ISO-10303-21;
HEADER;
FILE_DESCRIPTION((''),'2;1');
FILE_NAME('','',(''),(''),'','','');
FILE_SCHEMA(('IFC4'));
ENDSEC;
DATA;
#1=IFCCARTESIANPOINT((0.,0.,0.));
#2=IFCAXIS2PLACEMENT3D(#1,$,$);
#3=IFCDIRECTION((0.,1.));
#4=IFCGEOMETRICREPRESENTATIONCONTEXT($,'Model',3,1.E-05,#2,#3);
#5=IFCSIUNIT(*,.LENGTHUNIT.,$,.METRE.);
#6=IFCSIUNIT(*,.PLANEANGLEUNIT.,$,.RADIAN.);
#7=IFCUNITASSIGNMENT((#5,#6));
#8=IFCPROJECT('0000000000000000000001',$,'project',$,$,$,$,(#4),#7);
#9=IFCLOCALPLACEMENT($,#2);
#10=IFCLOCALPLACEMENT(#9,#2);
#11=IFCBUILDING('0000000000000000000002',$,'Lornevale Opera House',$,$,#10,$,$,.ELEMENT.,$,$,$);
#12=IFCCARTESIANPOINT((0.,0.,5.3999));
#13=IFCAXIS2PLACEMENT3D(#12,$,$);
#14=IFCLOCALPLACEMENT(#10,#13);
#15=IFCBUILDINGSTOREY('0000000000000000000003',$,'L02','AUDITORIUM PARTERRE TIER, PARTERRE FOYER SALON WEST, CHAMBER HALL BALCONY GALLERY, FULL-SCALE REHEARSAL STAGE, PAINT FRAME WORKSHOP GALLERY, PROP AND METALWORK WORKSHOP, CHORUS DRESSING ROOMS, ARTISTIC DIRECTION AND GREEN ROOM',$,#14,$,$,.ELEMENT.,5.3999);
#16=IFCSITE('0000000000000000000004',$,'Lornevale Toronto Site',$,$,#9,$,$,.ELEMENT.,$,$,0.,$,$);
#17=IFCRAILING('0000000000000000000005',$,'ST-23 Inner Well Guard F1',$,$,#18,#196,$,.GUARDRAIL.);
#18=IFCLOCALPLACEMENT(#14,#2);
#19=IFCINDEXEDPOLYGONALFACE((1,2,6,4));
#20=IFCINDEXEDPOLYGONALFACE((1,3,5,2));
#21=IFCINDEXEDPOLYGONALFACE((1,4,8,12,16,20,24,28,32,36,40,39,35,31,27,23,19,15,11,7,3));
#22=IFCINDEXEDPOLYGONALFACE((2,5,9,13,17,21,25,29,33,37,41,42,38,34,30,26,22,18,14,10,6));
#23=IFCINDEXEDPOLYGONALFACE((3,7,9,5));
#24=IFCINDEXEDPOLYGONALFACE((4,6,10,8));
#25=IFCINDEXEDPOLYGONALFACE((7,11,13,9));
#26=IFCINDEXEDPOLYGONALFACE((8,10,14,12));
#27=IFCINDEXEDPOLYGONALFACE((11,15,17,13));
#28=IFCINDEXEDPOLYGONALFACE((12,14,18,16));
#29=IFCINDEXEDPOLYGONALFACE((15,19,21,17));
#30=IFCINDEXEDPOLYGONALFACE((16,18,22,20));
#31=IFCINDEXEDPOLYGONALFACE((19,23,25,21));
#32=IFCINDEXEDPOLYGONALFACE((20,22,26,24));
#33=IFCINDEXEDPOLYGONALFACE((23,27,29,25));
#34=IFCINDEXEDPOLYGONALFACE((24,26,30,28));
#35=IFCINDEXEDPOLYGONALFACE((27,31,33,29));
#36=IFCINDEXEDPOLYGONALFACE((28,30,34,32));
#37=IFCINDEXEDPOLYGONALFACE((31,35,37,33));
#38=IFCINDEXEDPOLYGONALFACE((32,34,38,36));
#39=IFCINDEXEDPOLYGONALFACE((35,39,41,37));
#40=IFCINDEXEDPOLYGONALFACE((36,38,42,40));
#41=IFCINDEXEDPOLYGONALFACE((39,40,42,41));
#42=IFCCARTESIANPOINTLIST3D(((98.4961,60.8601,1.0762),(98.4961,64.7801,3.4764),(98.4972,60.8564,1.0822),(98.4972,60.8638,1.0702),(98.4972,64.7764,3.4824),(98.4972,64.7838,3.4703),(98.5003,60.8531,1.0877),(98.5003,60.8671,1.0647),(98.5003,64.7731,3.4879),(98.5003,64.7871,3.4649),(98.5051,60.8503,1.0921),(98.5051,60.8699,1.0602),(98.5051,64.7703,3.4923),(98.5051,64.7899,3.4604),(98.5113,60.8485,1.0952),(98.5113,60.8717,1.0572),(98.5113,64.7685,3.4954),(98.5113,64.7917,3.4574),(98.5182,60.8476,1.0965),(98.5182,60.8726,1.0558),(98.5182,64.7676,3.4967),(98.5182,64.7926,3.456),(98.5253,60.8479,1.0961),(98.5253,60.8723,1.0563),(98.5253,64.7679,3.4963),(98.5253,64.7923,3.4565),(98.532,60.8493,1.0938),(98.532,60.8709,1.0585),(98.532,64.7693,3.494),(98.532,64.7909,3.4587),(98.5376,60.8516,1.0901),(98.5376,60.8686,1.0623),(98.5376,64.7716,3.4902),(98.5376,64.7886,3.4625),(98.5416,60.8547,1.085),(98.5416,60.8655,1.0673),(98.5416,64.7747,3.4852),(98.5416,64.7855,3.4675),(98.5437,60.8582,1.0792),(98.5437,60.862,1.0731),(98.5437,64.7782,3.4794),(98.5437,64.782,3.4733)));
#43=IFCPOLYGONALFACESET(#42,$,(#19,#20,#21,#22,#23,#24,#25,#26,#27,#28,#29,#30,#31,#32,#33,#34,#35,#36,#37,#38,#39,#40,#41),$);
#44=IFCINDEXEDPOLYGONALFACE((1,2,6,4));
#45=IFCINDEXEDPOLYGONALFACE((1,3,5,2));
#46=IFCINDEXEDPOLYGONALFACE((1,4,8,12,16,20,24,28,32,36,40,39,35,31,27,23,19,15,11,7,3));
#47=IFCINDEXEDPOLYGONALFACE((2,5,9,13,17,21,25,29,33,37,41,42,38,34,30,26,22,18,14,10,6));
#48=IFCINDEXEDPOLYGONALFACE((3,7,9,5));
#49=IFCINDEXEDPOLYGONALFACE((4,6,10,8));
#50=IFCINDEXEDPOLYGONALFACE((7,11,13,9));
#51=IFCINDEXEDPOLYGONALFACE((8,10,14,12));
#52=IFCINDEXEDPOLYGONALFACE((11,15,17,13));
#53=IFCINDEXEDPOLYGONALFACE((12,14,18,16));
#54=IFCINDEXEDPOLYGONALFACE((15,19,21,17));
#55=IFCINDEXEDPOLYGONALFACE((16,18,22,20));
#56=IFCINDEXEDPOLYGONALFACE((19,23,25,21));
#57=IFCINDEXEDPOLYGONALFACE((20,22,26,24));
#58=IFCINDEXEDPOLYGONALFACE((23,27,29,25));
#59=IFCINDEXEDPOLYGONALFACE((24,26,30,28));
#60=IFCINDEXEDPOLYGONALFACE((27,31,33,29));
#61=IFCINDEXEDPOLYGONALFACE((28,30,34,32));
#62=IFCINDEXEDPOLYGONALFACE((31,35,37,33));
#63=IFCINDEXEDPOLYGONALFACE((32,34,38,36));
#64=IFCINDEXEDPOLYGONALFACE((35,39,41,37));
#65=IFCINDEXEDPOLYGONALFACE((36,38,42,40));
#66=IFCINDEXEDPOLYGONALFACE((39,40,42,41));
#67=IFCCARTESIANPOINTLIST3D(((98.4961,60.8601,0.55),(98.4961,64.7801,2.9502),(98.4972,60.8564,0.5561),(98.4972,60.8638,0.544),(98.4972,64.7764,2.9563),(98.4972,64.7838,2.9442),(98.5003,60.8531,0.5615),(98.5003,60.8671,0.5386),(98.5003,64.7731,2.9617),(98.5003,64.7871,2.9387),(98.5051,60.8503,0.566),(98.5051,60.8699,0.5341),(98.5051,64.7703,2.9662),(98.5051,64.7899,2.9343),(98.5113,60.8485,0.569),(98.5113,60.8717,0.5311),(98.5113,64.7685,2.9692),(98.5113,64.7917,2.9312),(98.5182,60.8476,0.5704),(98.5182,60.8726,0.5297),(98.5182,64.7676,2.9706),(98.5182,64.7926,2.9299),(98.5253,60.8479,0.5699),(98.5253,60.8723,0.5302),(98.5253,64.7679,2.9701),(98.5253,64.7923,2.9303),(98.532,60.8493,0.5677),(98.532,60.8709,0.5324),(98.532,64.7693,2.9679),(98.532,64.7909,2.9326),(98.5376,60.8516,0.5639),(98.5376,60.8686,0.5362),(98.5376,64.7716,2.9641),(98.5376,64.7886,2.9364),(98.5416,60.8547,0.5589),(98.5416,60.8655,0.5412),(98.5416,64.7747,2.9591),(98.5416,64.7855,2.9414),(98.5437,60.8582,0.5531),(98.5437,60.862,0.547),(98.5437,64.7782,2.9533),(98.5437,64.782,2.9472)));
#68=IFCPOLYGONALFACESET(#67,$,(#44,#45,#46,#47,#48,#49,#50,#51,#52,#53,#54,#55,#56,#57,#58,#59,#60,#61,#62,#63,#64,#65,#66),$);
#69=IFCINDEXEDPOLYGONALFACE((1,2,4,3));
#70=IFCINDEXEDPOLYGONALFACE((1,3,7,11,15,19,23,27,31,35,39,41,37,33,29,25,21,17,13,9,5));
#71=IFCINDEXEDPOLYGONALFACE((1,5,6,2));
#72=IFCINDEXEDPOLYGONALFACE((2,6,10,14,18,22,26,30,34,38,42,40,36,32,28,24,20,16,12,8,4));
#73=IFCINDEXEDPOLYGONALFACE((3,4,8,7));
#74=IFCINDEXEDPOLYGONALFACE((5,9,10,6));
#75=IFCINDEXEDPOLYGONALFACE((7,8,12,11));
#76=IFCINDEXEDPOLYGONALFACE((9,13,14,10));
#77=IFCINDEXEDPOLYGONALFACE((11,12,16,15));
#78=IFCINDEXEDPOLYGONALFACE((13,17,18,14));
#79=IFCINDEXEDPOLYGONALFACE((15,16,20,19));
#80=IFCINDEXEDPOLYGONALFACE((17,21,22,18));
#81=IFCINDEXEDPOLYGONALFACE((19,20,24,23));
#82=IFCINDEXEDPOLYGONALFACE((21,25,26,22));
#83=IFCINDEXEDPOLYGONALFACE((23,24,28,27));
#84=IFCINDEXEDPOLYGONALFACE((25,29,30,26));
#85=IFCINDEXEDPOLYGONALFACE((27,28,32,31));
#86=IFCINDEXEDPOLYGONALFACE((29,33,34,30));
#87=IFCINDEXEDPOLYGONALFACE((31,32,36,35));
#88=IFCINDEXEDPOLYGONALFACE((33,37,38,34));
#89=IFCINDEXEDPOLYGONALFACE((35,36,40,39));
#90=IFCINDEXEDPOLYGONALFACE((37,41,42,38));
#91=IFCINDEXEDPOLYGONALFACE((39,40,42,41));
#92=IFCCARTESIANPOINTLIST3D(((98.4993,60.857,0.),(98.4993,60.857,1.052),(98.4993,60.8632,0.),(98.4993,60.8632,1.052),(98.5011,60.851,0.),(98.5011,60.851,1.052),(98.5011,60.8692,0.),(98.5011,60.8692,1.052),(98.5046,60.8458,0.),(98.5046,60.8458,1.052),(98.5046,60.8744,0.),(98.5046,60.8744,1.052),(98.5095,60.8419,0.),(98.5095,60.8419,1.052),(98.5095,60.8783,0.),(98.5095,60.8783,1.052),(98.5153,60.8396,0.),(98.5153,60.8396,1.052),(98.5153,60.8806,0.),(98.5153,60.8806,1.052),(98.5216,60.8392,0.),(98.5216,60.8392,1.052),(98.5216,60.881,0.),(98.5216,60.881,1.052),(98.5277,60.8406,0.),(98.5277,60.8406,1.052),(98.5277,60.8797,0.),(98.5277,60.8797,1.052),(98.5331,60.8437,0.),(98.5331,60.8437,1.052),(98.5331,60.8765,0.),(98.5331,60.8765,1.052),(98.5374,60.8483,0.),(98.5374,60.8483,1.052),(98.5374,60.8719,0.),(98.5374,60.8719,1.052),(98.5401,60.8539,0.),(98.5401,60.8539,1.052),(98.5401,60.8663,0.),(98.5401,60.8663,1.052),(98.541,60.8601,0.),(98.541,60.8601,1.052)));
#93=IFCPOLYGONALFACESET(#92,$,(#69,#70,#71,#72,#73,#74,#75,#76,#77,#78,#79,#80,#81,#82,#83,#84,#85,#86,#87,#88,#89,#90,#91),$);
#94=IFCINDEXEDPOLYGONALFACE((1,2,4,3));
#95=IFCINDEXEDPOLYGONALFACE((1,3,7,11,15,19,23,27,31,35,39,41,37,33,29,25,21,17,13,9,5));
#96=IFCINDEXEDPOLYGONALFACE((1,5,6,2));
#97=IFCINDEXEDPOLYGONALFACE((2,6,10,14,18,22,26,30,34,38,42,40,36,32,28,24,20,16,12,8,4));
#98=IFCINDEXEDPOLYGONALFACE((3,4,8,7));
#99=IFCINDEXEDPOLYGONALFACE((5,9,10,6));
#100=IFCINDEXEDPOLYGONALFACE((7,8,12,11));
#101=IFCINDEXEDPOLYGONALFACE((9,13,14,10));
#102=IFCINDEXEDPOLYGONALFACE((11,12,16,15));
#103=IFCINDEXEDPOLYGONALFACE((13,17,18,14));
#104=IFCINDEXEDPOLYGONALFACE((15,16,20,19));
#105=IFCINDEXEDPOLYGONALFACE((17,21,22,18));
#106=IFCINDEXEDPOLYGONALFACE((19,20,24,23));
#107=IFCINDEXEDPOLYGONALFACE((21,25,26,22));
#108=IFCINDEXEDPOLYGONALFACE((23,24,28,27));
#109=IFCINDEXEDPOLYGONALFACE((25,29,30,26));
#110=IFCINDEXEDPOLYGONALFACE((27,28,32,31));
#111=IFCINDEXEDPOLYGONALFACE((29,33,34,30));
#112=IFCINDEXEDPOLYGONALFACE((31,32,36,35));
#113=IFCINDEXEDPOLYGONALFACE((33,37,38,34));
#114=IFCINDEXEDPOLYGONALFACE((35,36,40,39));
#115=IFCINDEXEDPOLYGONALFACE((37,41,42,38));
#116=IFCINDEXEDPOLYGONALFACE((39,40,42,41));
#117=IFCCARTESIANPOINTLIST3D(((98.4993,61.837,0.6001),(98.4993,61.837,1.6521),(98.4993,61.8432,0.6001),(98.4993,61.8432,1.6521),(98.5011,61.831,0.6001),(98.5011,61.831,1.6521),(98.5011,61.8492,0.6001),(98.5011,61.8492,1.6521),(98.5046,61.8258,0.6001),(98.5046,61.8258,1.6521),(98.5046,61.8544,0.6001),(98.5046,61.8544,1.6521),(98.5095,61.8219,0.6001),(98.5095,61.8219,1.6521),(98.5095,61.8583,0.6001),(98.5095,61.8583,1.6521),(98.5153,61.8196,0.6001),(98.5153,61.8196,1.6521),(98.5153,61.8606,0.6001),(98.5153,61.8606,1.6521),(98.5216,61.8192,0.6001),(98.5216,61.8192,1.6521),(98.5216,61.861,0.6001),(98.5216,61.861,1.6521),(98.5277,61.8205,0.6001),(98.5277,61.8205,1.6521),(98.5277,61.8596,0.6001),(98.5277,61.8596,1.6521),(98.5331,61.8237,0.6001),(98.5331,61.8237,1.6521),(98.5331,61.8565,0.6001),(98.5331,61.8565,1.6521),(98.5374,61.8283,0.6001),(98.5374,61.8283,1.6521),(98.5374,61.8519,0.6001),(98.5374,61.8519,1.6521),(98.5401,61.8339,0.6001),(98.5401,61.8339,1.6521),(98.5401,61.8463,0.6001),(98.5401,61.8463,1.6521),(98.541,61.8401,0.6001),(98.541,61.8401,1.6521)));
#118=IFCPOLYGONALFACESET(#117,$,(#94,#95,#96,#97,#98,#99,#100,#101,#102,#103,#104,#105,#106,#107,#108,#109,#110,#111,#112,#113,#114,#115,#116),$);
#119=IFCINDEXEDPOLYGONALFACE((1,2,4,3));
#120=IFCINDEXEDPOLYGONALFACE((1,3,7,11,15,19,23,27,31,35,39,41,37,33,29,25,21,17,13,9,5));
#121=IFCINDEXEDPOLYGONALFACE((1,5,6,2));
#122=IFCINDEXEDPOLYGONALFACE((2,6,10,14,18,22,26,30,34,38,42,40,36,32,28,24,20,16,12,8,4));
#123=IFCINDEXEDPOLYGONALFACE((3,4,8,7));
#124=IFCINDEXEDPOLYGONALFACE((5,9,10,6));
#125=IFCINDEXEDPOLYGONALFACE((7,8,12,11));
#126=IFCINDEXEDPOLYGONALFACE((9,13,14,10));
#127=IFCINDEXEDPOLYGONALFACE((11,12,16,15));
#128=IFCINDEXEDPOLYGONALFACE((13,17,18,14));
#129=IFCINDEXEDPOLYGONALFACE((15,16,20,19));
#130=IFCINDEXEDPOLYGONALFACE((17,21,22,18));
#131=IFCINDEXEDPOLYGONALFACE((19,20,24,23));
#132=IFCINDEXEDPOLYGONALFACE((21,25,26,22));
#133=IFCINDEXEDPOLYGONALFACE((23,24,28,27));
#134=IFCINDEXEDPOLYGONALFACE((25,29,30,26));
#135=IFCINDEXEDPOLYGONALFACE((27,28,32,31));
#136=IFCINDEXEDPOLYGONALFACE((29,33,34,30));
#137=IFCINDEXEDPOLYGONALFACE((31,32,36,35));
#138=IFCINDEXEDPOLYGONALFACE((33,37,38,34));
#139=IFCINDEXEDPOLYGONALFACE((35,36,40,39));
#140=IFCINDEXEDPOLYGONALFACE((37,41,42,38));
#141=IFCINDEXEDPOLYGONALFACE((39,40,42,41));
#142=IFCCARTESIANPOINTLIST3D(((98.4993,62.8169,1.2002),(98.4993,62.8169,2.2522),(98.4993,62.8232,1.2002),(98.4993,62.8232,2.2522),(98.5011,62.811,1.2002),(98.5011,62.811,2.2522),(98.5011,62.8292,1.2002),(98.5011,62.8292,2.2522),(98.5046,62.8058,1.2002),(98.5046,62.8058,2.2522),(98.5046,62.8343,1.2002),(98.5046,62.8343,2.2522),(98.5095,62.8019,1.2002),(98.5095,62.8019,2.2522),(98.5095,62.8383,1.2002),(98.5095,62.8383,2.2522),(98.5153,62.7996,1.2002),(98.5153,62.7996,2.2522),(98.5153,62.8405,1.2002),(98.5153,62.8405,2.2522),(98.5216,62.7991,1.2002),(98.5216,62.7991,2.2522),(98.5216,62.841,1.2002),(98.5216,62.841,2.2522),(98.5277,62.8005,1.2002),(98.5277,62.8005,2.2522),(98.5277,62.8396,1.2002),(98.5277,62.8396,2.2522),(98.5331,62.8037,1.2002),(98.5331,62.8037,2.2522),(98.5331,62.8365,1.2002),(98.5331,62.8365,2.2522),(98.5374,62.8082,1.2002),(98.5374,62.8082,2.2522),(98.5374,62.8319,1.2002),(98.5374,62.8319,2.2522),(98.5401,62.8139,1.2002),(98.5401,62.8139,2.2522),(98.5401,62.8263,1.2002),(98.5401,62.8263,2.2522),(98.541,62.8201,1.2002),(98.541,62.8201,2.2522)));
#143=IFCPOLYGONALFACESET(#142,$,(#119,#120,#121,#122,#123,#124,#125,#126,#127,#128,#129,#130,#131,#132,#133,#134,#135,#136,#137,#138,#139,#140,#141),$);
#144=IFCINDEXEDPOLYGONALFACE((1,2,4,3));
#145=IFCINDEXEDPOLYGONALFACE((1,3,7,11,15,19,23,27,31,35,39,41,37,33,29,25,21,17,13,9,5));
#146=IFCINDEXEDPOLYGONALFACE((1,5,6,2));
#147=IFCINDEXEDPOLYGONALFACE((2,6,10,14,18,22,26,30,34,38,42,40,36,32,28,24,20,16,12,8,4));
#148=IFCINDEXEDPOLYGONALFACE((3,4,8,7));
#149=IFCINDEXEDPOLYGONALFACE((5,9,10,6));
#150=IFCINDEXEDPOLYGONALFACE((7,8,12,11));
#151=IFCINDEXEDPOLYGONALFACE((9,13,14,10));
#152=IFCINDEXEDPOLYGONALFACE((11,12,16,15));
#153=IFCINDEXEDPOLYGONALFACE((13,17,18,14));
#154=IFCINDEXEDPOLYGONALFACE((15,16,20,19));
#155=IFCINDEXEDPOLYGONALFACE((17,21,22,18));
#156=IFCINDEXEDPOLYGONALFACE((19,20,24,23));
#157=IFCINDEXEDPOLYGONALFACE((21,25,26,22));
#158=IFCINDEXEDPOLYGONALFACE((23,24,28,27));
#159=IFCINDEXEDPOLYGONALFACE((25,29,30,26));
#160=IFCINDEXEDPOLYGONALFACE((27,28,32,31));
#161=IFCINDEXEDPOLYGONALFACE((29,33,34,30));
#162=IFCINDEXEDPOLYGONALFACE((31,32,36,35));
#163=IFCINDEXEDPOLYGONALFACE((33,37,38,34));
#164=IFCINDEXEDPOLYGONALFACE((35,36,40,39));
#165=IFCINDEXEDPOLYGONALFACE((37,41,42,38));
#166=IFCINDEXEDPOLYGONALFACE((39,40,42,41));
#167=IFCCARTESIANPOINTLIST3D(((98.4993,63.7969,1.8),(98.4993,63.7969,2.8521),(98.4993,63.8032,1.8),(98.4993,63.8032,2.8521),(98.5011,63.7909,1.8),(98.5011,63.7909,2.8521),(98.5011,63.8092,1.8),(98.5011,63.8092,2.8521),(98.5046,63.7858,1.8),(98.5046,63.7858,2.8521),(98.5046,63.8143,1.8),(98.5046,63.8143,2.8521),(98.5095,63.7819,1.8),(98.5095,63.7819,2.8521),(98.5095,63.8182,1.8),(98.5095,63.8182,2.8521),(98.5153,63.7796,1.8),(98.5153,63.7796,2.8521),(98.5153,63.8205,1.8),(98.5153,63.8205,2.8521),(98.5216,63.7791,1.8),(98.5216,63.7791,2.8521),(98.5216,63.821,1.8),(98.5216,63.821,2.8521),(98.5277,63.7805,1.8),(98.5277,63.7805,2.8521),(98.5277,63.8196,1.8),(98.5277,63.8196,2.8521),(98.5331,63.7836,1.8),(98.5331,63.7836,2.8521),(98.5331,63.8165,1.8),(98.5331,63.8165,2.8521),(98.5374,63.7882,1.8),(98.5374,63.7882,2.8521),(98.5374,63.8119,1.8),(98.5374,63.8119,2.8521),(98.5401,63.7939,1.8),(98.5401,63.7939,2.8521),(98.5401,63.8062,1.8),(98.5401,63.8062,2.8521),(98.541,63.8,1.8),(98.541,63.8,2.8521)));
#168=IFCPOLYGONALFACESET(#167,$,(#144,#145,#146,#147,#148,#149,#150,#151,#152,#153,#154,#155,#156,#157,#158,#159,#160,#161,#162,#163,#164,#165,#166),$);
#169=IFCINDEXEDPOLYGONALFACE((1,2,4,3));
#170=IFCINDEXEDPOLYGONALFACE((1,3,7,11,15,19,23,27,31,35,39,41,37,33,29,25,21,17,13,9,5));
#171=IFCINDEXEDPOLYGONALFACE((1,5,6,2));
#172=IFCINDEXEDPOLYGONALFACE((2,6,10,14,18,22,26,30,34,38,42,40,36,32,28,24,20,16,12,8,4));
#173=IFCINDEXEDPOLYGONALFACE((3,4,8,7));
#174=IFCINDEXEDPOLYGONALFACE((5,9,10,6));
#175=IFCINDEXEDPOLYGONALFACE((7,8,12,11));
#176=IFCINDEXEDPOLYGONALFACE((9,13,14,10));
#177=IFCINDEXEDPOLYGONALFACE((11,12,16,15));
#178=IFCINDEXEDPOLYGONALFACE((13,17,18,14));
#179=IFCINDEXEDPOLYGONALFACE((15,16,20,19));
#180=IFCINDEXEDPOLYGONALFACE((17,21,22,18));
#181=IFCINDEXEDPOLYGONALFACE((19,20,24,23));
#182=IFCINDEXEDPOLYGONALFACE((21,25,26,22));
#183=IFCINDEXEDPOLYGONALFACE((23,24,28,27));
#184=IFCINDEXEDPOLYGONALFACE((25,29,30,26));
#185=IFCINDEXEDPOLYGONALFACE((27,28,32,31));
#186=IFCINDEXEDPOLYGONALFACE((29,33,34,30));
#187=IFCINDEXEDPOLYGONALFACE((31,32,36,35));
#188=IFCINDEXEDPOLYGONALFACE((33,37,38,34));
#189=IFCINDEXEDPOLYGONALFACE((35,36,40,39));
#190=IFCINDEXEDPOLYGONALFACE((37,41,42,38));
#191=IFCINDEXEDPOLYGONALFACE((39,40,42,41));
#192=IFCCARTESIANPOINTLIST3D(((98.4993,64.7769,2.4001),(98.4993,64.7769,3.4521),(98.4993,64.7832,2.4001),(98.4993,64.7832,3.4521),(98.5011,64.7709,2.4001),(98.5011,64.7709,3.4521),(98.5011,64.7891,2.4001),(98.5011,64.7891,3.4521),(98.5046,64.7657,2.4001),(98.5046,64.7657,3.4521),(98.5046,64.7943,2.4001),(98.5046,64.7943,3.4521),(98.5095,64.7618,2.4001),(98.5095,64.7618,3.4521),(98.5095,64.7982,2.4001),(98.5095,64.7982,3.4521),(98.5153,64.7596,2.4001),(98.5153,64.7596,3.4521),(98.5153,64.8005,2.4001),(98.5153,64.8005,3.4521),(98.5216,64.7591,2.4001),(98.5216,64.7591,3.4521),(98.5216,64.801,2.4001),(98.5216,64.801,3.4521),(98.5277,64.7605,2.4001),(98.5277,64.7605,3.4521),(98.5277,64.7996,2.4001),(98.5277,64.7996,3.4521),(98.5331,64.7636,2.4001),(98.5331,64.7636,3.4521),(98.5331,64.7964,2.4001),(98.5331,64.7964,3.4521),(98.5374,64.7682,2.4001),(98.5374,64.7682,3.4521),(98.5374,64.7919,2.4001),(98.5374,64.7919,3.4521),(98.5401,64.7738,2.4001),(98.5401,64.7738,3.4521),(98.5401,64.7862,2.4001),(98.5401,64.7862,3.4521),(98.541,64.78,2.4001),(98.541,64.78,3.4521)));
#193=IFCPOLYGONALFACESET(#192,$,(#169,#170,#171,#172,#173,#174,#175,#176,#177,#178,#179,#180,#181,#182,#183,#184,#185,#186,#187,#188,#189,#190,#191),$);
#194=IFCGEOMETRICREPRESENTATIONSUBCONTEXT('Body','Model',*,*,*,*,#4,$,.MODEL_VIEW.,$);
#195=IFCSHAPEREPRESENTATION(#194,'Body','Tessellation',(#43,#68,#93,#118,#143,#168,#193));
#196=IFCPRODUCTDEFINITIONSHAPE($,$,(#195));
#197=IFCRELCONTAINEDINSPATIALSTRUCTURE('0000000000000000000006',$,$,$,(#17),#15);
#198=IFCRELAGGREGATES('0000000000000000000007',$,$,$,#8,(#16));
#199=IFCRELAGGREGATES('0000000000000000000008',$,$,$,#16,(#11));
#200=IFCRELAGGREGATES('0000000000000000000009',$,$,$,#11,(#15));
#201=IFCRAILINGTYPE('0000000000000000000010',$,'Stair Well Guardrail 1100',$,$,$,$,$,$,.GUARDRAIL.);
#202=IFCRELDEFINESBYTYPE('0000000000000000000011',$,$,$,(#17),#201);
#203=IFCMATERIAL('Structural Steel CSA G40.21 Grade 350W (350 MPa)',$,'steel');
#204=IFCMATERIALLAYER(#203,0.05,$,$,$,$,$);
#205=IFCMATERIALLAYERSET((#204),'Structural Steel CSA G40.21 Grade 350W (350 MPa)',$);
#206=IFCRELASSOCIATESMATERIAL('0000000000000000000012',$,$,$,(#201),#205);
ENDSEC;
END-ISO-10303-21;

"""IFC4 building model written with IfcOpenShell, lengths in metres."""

from ifc_helpers import new_model, si_unit, direction, frame, origin, origin_2d, place, context, subcontext, project, spatial, circle, extrude, material, layer, layer_set, type_object, element, save


model = new_model("IFC4")

# Units and contexts
model_context = context("Model", 3, precision=1e-05, world=origin(), true_north=direction((0.0, 1.0)))
body_context = subcontext(model_context, "Body", "Model", "MODEL_VIEW")
ifc_project = project(units=[si_unit("LENGTHUNIT", "METRE"), si_unit("PLANEANGLEUNIT", "RADIAN")], contexts=[model_context])

# Site, building, storey
site_placement = place(None, origin())
site = spatial("IfcSite", under=ifc_project, at=site_placement, Name="Lornevale Toronto Site", CompositionType="ELEMENT", RefElevation=0.0)
building_placement = place(site_placement, origin())
building = spatial("IfcBuilding", under=site, at=building_placement, Name="Lornevale Opera House", CompositionType="ELEMENT")
storey_placement = place(building_placement, frame((0.0, 0.0, 5.3999)))
storey = spatial("IfcBuildingStorey", under=building, at=storey_placement, Name="L02", Description="AUDITORIUM PARTERRE TIER, PARTERRE FOYER SALON WEST, CHAMBER HALL BALCONY GALLERY, FULL-SCALE REHEARSAL STAGE, PAINT FRAME WORKSHOP GALLERY, PROP AND METALWORK WORKSHOP, CHORUS DRESSING ROOMS, ARTISTIC DIRECTION AND GREEN ROOM", CompositionType="ELEMENT", Elevation=5.3999)

# Railing
ifc_material_1 = material(Name="Structural Steel CSA G40.21 Grade 350W (350 MPa)", Category="steel")
ifc_layer_1 = layer(ifc_material_1, 0.05)
ifc_layer_set_1 = layer_set([ifc_layer_1], Name="Structural Steel CSA G40.21 Grade 350W (350 MPa)")
railing_type_1 = type_object("IfcRailingType", Name="Stair Well Guardrail 1100", PredefinedType="GUARDRAIL", material=ifc_layer_set_1)
railing_1_placement = place(storey_placement, frame((98.52, 60.8601, 0.0)))
element("IfcRailing", 1, at=railing_1_placement, inside=storey, type_object=railing_type_1, Name="ST-23 Inner Well Guard F1", PredefinedType="GUARDRAIL", context=body_context, shape_type="SweptSolid", body=[
    extrude(circle(Radius=0.0239, at=origin_2d()), frame((0.0, 0.0, 1.0762), z_axis=(0.0, 0.852832, 0.522185), x_axis=(-1.0, 0.0, 0.0)), (0.0, 0.0, 1.0), 4.5964),
    extrude(circle(Radius=0.0239, at=origin_2d()), frame((0.0, 0.0, 0.55), z_axis=(0.0, 0.852832, 0.522185), x_axis=(-1.0, 0.0, 0.0)), (0.0, 0.0, 1.0), 4.5964),
    extrude(circle(Radius=0.021, at=origin_2d()), origin(), (0.0, 0.0, 1.0), 1.052),
    extrude(circle(Radius=0.021, at=origin_2d()), frame((0.0, 0.98, 0.6001)), (0.0, 0.0, 1.0), 1.052),
    extrude(circle(Radius=0.021, at=origin_2d()), frame((0.0, 1.96, 1.2002)), (0.0, 0.0, 1.0), 1.052),
    extrude(circle(Radius=0.021, at=origin_2d()), frame((0.0, 2.9399, 1.8)), (0.0, 0.0, 1.0), 1.052),
    extrude(circle(Radius=0.021, at=origin_2d()), frame((0.0, 3.9199, 2.4001)), (0.0, 0.0, 1.0), 1.052),
])

save(model, "model.ifc")
